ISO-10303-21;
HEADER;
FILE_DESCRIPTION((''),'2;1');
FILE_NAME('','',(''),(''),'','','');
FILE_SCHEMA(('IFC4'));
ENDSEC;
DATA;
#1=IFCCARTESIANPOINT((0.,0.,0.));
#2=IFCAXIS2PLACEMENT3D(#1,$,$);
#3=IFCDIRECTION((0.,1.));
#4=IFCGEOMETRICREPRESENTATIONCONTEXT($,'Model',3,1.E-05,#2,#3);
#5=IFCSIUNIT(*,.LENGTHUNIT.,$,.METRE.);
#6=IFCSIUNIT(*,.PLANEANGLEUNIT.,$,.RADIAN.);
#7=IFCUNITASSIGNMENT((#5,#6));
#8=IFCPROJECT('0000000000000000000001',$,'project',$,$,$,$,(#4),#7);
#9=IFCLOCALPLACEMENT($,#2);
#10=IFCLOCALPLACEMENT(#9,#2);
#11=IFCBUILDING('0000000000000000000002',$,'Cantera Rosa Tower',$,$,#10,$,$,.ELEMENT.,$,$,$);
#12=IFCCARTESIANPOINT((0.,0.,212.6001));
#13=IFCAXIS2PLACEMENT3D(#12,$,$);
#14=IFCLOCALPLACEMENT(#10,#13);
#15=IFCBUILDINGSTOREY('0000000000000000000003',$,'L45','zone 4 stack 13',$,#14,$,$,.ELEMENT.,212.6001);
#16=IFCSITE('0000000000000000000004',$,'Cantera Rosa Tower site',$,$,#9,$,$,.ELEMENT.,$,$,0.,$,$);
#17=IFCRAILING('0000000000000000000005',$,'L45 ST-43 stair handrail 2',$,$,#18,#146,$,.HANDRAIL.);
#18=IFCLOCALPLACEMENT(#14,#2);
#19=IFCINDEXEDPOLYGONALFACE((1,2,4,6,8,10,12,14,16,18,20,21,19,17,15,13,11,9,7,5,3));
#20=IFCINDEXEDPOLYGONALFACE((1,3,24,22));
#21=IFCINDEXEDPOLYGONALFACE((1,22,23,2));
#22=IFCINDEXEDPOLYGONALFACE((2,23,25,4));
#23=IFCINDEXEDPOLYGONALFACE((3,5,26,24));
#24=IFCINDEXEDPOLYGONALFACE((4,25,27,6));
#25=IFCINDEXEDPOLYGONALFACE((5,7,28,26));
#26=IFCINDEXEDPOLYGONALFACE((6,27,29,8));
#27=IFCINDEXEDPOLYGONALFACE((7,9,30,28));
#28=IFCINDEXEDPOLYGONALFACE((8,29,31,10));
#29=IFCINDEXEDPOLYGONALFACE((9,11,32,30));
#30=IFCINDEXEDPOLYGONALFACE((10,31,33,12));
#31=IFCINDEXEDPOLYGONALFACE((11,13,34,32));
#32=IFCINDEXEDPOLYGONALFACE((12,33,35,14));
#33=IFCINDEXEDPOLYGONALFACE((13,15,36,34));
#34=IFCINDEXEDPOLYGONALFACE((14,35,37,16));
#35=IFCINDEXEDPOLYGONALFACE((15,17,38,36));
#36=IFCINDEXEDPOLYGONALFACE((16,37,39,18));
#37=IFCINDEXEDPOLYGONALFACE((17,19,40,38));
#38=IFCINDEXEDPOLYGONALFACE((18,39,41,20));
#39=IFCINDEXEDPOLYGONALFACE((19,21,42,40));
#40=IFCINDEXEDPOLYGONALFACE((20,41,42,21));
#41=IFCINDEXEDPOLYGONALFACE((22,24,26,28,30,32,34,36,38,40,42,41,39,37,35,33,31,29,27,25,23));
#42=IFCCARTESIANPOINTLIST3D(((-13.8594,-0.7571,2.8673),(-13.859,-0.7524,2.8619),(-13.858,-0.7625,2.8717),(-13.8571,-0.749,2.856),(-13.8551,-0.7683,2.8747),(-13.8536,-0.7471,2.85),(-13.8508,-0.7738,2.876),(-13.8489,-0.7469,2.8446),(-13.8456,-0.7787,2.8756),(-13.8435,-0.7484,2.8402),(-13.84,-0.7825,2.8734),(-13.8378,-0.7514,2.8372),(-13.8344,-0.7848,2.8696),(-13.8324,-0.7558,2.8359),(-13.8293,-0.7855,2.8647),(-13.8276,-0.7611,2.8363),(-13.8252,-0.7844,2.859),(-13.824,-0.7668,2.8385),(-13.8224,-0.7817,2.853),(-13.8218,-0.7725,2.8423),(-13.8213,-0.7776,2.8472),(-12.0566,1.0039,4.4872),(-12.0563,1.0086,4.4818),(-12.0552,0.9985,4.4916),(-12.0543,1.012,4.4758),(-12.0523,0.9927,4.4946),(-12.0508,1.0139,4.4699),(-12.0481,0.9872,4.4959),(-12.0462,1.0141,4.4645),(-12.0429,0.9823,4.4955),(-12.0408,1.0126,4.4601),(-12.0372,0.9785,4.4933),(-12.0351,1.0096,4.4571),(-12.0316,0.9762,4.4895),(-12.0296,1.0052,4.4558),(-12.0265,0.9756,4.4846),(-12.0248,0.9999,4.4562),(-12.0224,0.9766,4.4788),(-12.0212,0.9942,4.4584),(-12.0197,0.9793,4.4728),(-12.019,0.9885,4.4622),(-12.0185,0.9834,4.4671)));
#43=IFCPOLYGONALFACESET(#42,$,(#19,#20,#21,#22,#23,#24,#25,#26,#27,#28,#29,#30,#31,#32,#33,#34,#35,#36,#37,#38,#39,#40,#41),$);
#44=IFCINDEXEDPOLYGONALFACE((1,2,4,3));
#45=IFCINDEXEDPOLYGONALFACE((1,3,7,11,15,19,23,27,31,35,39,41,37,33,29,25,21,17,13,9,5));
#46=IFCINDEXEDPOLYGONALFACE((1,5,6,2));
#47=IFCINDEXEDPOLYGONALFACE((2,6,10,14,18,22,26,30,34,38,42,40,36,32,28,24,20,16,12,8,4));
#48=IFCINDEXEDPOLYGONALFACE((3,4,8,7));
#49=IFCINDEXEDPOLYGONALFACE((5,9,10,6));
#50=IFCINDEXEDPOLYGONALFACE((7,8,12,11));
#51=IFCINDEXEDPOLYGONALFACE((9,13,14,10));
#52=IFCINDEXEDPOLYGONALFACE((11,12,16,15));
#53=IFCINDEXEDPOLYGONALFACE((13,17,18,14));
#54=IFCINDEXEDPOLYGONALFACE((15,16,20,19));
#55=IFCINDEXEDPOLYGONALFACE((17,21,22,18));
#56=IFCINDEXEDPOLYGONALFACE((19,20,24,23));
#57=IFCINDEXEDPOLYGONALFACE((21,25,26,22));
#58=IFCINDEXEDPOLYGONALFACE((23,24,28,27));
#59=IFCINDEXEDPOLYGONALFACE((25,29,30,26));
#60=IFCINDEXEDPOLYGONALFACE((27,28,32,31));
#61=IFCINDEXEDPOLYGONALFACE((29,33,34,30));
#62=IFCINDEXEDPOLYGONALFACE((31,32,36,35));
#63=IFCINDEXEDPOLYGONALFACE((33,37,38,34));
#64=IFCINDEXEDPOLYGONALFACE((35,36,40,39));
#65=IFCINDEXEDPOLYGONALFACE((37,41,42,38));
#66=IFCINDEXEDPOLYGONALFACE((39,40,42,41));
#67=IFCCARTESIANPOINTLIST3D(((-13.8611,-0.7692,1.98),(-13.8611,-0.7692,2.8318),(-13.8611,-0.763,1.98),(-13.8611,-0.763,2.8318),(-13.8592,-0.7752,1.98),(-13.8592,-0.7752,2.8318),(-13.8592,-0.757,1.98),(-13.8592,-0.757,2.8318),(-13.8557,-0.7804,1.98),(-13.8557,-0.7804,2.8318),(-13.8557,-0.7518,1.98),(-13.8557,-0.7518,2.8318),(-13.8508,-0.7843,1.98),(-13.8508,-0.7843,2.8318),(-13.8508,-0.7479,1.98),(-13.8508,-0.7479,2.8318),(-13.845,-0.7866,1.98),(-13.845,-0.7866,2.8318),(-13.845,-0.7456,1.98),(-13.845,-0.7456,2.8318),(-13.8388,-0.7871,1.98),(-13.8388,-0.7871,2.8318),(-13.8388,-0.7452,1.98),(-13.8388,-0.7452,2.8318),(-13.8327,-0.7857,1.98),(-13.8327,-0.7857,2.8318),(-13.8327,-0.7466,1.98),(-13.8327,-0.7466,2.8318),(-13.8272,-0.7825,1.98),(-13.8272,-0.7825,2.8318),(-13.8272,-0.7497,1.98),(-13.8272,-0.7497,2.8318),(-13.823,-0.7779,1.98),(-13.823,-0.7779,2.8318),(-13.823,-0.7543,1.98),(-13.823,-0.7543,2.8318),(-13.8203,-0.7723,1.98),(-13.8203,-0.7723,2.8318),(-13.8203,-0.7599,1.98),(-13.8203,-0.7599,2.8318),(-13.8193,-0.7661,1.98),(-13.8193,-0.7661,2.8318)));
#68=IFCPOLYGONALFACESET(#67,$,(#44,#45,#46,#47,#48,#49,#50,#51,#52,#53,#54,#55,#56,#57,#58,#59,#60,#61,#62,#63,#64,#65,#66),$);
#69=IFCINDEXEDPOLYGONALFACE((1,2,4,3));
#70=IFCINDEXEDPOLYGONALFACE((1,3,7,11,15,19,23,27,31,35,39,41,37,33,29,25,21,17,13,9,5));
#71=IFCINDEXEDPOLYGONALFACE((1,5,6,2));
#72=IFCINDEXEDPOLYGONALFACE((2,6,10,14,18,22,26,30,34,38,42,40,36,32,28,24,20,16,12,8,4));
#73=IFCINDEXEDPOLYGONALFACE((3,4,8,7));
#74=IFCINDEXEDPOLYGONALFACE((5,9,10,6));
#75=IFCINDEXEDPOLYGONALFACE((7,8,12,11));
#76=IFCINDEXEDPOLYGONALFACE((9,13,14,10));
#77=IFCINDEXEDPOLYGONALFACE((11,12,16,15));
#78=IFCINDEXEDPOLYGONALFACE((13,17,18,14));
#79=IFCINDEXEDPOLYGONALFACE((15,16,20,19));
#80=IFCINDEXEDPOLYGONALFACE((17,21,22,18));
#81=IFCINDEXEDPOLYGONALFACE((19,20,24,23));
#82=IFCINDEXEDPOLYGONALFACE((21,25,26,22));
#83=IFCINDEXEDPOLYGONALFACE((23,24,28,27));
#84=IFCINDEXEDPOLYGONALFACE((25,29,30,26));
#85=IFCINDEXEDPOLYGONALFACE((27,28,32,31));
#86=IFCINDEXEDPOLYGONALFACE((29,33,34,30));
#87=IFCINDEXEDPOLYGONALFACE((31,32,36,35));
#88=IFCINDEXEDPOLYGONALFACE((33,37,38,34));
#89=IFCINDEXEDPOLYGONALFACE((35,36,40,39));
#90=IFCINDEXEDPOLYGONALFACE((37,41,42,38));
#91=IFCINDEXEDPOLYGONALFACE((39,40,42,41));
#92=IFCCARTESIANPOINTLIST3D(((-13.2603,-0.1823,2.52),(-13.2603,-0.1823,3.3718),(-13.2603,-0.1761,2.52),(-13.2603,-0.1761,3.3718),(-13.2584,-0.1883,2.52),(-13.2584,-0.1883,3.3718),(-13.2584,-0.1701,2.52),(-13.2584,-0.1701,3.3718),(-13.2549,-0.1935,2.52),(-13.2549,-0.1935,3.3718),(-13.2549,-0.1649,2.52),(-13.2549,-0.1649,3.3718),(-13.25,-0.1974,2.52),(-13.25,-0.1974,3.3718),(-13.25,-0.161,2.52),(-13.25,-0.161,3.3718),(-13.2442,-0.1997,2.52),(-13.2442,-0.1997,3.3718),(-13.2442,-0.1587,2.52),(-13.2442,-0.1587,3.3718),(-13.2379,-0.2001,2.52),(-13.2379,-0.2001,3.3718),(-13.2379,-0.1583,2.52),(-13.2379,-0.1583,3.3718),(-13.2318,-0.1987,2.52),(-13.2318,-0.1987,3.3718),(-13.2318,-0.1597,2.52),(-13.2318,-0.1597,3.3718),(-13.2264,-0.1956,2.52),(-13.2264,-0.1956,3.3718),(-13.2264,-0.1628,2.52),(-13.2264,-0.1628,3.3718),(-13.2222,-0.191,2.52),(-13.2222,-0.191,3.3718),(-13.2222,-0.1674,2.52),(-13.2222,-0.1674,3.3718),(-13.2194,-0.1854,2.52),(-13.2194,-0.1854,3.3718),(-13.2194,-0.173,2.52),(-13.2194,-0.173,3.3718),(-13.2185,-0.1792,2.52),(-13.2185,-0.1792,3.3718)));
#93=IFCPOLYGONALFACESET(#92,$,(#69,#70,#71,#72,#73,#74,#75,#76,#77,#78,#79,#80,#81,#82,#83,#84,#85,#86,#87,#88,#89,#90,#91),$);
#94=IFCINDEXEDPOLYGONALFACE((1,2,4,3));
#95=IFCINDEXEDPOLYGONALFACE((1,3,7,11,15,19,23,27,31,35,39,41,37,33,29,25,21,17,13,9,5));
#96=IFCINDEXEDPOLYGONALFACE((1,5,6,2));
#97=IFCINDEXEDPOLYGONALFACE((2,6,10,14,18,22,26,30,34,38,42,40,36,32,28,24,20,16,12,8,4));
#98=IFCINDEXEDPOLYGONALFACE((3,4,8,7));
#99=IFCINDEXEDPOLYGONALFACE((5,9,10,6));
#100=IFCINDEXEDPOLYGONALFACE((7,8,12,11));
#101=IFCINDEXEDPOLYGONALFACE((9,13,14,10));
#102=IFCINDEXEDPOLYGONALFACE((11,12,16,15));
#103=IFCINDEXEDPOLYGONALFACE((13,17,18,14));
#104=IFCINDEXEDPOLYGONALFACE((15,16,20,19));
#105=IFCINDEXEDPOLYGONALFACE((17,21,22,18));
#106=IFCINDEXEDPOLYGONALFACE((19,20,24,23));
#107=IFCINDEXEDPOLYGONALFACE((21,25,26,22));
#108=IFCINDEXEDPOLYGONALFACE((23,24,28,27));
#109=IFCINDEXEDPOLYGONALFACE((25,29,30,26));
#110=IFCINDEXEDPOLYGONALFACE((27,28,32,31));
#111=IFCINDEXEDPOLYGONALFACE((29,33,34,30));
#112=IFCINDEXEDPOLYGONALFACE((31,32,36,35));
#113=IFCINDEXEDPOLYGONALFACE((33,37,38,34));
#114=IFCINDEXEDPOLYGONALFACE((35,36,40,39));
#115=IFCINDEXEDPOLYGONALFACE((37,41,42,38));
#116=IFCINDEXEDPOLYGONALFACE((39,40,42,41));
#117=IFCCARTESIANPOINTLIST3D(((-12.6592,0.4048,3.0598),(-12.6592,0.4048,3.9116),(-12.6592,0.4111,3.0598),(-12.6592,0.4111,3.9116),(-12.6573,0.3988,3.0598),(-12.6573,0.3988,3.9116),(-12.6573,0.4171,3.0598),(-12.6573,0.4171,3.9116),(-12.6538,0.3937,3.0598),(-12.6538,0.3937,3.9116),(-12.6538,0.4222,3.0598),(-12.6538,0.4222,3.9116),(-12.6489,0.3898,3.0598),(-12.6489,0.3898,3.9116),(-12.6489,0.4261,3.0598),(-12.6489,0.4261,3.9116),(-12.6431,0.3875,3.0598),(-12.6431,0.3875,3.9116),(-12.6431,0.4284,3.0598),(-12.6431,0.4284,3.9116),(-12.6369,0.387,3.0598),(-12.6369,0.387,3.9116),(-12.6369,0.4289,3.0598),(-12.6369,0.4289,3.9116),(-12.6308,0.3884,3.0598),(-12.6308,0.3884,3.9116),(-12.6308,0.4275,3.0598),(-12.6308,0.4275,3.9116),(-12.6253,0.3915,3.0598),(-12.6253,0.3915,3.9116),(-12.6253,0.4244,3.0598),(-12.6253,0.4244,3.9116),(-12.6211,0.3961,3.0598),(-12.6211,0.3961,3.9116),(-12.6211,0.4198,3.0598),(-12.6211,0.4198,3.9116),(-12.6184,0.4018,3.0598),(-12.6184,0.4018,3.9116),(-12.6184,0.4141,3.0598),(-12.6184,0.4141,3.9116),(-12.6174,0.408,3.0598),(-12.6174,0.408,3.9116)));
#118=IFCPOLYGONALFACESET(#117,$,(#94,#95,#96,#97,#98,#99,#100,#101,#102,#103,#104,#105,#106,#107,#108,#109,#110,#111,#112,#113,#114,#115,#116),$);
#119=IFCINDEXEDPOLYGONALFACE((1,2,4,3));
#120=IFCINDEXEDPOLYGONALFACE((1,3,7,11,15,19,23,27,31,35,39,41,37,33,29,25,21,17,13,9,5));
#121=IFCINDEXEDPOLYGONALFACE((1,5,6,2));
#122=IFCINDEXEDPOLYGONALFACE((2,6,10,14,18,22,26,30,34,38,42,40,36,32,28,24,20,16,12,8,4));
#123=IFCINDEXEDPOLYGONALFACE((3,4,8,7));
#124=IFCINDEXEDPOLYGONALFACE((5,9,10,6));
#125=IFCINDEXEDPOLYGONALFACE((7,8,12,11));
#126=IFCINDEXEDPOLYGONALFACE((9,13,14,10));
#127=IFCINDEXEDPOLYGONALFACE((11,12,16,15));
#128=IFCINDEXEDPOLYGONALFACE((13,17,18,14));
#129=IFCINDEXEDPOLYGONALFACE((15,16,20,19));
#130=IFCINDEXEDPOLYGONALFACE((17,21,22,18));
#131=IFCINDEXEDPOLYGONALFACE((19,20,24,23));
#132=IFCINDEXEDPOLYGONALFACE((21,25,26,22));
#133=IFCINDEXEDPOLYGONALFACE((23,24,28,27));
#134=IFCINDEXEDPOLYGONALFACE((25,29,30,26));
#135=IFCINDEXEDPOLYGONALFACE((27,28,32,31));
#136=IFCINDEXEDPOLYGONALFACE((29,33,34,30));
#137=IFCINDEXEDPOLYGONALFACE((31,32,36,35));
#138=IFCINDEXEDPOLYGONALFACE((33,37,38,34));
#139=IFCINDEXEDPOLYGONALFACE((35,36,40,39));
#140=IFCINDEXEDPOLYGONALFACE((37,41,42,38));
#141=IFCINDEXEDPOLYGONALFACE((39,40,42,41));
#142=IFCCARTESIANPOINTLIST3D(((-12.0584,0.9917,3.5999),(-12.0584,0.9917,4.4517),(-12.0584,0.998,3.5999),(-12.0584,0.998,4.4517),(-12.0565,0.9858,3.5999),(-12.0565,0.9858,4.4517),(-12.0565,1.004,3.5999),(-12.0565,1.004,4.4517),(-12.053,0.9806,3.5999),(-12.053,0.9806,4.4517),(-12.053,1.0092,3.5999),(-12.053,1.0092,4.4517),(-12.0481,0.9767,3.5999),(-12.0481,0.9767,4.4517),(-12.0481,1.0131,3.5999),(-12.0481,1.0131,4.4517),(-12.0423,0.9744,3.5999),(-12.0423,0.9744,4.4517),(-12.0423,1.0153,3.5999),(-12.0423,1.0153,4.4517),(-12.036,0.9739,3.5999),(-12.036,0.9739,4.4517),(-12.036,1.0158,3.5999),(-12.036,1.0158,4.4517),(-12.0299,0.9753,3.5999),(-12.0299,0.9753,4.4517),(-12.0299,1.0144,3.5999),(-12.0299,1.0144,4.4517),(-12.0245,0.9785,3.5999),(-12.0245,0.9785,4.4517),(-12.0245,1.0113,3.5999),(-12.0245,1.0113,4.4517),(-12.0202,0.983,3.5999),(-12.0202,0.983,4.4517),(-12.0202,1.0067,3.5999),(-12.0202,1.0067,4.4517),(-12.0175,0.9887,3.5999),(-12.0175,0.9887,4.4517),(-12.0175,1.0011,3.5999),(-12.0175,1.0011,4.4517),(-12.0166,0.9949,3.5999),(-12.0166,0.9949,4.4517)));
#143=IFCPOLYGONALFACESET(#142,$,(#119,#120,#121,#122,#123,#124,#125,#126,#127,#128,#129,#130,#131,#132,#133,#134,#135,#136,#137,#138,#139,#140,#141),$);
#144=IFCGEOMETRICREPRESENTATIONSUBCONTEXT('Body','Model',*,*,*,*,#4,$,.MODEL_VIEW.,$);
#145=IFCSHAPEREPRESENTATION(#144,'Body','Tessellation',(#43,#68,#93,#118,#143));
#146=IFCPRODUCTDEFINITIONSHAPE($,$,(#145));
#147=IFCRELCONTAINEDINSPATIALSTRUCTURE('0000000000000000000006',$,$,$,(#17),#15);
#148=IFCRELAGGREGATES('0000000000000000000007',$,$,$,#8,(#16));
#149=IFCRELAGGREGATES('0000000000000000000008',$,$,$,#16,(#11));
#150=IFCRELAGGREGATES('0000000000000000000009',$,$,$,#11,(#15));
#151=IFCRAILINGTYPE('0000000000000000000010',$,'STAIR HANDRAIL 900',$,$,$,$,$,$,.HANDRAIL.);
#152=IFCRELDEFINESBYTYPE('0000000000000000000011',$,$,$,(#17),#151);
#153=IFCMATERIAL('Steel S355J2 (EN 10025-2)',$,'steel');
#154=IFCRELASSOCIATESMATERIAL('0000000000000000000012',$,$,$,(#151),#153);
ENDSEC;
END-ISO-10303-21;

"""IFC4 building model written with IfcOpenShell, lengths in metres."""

from ifc_helpers import new_model, si_unit, direction, frame, origin, origin_2d, place, context, subcontext, project, spatial, circle, extrude, material, type_object, element, save


model = new_model("IFC4")

# Units and contexts
model_context = context("Model", 3, precision=1e-05, world=origin(), true_north=direction((0.0, 1.0)))
body_context = subcontext(model_context, "Body", "Model", "MODEL_VIEW")
ifc_project = project(units=[si_unit("LENGTHUNIT", "METRE"), si_unit("PLANEANGLEUNIT", "RADIAN")], contexts=[model_context])

# Site, building, storey
site_placement = place(None, origin())
site = spatial("IfcSite", under=ifc_project, at=site_placement, Name="Cantera Rosa Tower site", CompositionType="ELEMENT", RefElevation=0.0)
building_placement = place(site_placement, origin())
building = spatial("IfcBuilding", under=site, at=building_placement, Name="Cantera Rosa Tower", CompositionType="ELEMENT")
storey_placement = place(building_placement, frame((0.0, 0.0, 212.6001)))
storey = spatial("IfcBuildingStorey", under=building, at=storey_placement, Name="L45", Description="zone 4 stack 13", CompositionType="ELEMENT", Elevation=212.6001)

# Railing
ifc_material_1 = material(Name="Steel S355J2 (EN 10025-2)", Category="steel")
railing_type_1 = type_object("IfcRailingType", Name="STAIR HANDRAIL 900", PredefinedType="HANDRAIL", material=ifc_material_1)
railing_1_placement = place(storey_placement, frame((-13.8403, -0.7661, 1.98)))
element("IfcRailing", 1, at=railing_1_placement, inside=storey, type_object=railing_type_1, Name="L45 ST-43 stair handrail 2", PredefinedType="HANDRAIL", context=body_context, shape_type="SweptSolid", body=[
    extrude(circle(Radius=0.0239, at=origin_2d()), frame((0.0, 0.0, 0.876), z_axis=(0.601751, 0.587815, 0.540712), x_axis=(-0.698775, 0.715341, 0.0)), (0.0, 0.0, 1.0), 2.9958),
    extrude(circle(Radius=0.021, at=origin_2d()), origin(), (0.0, 0.0, 1.0), 0.8518),
    extrude(circle(Radius=0.021, at=origin_2d()), frame((0.6008, 0.5869, 0.54)), (0.0, 0.0, 1.0), 0.8518),
    extrude(circle(Radius=0.021, at=origin_2d()), frame((1.2019, 1.1741, 1.0798)), (0.0, 0.0, 1.0), 0.8518),
    extrude(circle(Radius=0.021, at=origin_2d()), frame((1.8027, 1.761, 1.6199)), (0.0, 0.0, 1.0), 0.8518),
])

save(model, "model.ifc")
